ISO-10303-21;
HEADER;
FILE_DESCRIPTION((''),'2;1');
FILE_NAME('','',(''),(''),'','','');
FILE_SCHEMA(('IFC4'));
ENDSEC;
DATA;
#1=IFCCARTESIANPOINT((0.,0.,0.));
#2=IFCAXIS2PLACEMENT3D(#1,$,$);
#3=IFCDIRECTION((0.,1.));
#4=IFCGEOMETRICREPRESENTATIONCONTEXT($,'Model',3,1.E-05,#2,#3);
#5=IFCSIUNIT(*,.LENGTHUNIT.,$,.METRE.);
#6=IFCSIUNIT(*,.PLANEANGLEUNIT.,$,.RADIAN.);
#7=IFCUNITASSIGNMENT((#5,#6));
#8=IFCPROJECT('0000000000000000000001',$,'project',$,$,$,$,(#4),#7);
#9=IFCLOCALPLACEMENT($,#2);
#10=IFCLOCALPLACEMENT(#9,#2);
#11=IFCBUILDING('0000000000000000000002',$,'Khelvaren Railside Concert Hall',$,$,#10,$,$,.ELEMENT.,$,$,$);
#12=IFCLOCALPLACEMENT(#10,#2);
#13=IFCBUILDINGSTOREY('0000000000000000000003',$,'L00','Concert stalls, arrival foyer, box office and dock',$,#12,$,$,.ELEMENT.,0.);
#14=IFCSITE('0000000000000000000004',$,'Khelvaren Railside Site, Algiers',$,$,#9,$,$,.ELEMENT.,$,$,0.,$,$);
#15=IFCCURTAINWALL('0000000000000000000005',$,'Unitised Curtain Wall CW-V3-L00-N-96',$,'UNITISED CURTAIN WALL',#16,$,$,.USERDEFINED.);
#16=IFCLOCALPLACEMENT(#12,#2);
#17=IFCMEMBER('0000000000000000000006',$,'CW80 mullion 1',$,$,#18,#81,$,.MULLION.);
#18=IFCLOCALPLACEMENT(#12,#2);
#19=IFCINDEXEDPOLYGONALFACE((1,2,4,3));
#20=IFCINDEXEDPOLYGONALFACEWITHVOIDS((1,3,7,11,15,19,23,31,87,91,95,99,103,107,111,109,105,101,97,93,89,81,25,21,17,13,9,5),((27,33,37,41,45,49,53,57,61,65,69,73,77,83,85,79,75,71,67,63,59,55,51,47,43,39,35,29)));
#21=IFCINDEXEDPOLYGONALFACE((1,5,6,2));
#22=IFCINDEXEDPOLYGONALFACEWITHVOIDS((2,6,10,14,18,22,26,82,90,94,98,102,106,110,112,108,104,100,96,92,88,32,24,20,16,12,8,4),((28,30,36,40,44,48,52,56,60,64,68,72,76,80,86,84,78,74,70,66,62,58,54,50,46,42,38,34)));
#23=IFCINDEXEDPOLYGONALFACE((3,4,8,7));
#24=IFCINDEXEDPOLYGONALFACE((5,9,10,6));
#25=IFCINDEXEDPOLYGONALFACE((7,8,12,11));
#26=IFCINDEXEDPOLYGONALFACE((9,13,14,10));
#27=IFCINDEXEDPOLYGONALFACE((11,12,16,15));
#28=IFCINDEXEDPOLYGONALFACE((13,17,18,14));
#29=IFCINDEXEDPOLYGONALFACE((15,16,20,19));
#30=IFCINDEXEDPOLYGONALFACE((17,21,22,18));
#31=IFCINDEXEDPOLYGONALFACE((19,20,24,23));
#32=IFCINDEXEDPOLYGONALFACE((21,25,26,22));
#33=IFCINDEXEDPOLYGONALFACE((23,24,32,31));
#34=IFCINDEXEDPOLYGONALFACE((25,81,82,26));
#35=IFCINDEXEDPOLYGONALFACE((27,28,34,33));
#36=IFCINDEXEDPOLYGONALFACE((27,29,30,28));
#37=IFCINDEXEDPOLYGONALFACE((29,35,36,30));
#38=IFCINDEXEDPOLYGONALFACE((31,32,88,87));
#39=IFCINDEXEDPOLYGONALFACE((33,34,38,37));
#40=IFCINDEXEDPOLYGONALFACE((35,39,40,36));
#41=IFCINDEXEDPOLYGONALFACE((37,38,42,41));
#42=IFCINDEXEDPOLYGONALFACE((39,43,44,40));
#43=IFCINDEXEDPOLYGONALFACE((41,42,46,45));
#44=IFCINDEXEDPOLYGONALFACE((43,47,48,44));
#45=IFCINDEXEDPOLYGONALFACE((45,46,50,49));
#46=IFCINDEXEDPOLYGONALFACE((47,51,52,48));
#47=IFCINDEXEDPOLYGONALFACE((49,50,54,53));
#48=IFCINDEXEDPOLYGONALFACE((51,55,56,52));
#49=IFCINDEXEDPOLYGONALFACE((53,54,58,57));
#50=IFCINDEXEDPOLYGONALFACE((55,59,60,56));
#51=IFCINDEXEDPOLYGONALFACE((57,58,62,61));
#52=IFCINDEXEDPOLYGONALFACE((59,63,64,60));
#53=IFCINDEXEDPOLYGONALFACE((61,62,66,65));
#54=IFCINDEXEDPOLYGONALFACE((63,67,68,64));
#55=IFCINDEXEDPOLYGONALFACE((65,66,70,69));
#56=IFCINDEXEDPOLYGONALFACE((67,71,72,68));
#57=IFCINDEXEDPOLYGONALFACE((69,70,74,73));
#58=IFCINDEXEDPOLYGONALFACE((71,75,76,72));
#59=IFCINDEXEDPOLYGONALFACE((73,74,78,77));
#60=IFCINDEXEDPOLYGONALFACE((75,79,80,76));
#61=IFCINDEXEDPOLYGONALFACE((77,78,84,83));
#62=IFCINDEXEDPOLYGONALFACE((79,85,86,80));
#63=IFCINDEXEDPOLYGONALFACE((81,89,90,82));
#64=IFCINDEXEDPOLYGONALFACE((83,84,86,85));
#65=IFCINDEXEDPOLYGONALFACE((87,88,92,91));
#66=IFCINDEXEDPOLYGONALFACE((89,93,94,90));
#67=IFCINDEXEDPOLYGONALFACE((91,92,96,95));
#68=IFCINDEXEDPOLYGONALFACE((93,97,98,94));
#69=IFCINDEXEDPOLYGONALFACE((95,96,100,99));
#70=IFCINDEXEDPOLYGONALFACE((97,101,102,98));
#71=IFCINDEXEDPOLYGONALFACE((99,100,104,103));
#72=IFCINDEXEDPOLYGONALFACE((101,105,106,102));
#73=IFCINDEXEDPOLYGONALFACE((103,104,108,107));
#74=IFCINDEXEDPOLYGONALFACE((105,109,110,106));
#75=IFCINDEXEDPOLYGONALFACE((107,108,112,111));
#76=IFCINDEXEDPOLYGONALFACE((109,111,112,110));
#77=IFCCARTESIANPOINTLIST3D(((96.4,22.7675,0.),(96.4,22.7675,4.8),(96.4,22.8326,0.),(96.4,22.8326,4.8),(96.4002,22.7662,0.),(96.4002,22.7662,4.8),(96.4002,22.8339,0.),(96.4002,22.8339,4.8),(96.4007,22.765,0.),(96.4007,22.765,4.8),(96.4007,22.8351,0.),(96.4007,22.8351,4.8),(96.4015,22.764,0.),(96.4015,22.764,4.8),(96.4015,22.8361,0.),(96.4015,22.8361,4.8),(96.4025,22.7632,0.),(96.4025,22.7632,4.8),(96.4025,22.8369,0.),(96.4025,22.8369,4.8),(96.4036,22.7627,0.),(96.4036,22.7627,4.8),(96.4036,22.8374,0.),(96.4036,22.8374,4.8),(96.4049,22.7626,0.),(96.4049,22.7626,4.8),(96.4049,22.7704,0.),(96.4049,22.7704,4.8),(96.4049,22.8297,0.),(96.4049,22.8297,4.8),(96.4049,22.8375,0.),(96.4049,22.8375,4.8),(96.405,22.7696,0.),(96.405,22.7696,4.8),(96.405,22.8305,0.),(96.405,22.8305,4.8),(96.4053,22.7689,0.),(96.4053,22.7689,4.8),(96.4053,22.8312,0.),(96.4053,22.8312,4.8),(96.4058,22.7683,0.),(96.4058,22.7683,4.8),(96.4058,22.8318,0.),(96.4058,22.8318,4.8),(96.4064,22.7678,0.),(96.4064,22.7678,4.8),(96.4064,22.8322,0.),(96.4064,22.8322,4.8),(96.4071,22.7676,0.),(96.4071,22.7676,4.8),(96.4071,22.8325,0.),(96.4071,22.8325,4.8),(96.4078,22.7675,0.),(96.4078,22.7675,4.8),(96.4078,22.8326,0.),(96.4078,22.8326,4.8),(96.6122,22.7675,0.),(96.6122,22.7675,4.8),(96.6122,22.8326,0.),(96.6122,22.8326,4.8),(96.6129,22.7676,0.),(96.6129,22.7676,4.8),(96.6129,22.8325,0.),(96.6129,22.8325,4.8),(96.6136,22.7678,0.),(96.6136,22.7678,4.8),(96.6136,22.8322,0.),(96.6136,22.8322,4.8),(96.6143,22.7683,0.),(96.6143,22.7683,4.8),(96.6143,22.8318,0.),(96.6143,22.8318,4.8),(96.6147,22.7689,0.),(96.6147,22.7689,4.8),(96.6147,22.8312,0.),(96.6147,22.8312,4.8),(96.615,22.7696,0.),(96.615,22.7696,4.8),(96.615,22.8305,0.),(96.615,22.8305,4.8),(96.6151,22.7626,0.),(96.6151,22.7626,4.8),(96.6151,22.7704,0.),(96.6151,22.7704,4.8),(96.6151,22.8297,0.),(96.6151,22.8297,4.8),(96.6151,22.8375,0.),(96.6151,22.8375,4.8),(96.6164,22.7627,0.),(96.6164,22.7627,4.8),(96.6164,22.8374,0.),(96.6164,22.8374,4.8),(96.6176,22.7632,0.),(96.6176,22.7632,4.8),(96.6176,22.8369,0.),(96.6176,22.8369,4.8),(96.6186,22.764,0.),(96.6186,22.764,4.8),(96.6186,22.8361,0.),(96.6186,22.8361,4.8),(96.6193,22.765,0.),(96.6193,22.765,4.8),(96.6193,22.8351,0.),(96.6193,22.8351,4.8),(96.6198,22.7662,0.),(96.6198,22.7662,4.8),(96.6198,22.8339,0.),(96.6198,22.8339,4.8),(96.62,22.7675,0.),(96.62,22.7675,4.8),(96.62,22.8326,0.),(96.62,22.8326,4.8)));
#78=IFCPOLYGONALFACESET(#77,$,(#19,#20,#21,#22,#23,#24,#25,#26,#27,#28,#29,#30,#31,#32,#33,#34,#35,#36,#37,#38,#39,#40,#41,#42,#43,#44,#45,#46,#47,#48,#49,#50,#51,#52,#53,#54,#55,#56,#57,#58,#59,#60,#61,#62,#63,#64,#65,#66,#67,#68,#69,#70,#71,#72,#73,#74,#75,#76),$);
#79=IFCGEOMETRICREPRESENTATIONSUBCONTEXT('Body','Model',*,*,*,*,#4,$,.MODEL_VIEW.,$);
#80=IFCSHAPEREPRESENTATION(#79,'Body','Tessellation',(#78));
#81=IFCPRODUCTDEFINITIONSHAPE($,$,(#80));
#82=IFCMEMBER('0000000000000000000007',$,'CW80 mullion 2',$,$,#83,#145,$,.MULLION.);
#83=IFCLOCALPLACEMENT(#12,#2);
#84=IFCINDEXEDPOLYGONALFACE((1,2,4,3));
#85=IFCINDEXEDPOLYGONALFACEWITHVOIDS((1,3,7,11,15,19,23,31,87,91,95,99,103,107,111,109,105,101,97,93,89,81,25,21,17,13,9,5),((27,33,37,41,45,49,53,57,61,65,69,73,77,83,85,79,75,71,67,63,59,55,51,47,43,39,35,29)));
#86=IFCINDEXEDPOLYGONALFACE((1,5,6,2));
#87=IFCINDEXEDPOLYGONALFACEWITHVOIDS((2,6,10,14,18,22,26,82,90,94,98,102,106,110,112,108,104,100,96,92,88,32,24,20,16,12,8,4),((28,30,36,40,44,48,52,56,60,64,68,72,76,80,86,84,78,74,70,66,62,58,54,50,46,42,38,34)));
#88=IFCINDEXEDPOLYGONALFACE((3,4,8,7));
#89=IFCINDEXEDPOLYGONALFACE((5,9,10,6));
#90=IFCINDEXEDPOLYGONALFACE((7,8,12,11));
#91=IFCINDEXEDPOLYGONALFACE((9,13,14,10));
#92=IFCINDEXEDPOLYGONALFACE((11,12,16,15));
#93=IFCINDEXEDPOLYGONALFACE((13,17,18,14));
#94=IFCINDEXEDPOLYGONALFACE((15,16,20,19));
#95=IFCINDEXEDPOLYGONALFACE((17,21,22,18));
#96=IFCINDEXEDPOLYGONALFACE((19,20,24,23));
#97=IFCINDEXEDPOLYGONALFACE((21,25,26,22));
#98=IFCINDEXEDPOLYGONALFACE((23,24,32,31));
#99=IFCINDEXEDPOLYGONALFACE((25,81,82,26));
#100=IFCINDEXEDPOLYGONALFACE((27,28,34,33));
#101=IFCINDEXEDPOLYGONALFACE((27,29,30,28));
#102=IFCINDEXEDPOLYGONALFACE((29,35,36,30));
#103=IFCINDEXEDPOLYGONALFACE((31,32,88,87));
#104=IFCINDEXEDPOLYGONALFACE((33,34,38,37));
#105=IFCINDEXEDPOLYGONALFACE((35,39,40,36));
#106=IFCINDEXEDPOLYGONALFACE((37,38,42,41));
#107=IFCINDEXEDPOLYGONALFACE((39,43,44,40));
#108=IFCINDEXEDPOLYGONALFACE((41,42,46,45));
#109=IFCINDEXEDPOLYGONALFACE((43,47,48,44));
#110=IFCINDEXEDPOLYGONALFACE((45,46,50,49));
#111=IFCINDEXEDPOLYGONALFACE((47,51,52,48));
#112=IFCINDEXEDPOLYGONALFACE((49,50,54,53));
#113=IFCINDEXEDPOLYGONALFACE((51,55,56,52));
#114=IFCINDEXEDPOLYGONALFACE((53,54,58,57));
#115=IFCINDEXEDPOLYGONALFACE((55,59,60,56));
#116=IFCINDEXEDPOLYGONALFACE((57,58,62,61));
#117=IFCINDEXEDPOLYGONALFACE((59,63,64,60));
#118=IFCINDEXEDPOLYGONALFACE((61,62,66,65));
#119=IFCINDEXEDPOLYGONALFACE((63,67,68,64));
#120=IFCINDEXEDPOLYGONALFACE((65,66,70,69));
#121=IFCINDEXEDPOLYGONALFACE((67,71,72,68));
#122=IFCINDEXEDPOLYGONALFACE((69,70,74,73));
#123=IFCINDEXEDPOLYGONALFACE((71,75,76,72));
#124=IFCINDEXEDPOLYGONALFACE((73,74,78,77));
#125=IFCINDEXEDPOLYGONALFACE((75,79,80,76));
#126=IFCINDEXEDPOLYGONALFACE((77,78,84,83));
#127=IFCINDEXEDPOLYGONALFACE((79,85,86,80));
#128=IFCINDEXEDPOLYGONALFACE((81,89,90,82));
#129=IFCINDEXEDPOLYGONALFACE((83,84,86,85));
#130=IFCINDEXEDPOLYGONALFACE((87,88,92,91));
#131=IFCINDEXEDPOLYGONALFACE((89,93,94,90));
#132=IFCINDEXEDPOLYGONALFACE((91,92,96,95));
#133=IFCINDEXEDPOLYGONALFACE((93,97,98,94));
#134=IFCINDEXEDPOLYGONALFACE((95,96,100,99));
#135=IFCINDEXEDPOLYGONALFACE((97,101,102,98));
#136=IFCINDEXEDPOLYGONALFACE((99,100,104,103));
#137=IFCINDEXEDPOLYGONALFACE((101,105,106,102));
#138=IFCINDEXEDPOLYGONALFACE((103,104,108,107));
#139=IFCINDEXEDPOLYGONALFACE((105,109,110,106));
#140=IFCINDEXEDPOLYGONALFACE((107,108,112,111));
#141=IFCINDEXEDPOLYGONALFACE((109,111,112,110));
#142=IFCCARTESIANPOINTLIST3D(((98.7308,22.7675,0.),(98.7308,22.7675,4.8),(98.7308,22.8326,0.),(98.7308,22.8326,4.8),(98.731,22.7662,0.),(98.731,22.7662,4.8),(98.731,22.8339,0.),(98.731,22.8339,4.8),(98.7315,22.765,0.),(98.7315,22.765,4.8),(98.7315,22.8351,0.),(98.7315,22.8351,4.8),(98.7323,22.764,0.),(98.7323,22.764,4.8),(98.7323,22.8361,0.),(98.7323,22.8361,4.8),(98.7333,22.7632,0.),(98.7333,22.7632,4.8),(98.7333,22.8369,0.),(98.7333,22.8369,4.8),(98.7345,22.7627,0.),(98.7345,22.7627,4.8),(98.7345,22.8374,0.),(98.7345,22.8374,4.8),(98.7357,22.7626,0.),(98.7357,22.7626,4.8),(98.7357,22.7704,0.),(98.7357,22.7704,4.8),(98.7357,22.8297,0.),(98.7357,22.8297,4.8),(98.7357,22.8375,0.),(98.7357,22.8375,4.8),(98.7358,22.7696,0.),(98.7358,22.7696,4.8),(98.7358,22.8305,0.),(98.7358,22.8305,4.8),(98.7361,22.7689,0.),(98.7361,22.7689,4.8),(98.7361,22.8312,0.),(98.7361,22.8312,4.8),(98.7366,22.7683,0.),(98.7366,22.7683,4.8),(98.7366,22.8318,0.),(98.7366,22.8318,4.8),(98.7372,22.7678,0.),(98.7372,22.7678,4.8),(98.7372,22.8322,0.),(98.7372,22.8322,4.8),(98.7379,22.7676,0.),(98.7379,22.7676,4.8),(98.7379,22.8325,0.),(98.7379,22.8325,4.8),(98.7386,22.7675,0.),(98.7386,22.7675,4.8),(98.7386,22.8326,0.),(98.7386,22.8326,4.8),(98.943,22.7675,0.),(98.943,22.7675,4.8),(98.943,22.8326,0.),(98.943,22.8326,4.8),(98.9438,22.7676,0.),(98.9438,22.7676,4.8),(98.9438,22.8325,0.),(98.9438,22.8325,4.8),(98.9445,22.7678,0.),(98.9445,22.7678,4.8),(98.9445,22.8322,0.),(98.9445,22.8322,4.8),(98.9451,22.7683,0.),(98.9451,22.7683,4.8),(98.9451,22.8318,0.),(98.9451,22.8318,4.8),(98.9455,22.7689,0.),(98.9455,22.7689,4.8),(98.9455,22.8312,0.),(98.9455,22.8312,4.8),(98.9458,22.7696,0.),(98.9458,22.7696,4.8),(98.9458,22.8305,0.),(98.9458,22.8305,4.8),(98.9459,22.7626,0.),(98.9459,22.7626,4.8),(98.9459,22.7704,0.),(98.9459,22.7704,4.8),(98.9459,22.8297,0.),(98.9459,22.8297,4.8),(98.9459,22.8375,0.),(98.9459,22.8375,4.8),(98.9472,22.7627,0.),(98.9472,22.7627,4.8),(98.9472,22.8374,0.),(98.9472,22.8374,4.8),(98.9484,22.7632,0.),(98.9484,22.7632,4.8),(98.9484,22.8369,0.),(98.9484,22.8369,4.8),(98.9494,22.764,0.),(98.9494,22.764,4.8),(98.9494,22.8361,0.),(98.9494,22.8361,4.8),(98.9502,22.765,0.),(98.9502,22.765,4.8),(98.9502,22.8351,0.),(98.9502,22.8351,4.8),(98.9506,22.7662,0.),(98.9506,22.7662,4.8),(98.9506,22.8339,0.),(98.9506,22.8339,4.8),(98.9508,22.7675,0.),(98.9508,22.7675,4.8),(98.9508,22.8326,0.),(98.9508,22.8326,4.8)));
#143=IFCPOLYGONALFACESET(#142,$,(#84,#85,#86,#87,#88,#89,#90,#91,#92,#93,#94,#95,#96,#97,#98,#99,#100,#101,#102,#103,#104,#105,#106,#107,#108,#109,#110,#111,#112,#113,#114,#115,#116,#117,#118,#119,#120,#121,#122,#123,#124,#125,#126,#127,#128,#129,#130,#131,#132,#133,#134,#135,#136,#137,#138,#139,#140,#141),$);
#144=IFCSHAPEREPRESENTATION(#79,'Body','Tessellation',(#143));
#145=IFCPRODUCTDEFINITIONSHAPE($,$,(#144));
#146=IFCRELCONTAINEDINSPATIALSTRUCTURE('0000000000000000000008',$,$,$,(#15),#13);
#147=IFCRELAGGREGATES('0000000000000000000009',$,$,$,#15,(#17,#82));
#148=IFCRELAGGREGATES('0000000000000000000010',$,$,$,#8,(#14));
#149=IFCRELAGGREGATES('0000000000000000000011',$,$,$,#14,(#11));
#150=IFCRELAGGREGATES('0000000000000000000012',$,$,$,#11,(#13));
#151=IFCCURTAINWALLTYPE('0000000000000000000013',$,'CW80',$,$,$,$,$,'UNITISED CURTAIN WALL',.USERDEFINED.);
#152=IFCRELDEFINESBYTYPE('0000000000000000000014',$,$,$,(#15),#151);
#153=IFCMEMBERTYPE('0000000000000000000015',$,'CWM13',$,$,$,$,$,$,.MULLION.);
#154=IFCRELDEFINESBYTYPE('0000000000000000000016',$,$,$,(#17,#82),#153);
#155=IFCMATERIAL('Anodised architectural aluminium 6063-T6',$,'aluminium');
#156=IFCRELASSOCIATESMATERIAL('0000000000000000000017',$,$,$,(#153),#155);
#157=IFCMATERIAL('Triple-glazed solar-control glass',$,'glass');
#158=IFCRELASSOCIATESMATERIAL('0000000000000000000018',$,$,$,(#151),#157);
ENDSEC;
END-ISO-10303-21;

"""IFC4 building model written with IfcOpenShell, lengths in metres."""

from ifc_helpers import new_model, si_unit, direction, frame, origin, origin_2d, place, context, subcontext, project, spatial, hollow_rectangle, extrude, material, material_profile, profile_set, type_object, element, aggregate, save


model = new_model("IFC4")

# Units and contexts
model_context = context("Model", 3, precision=1e-05, world=origin(), true_north=direction((0.0, 1.0)))
body_context = subcontext(model_context, "Body", "Model", "MODEL_VIEW")
ifc_project = project(units=[si_unit("LENGTHUNIT", "METRE"), si_unit("PLANEANGLEUNIT", "RADIAN")], contexts=[model_context])

# Site, building, storey
site_placement = place(None, origin())
site = spatial("IfcSite", under=ifc_project, at=site_placement, Name="Khelvaren Railside Site, Algiers", CompositionType="ELEMENT", RefElevation=0.0)
building_placement = place(site_placement, origin())
building = spatial("IfcBuilding", under=site, at=building_placement, Name="Khelvaren Railside Concert Hall", CompositionType="ELEMENT")
storey_placement = place(building_placement, origin())
storey = spatial("IfcBuildingStorey", under=building, at=storey_placement, Name="L00", Description="Concert stalls, arrival foyer, box office and dock", CompositionType="ELEMENT", Elevation=0.0)

# Shared definitions
ifc_material_1 = material(Name="Triple-glazed solar-control glass", Category="glass")
ifc_material_2 = material(Name="Anodised architectural aluminium 6063-T6", Category="aluminium")
ifc_material_profile_1 = material_profile(ifc_material_2, hollow_rectangle(XDim=0.075, YDim=0.22, WallThickness=0.0049, InnerFilletRadius=0.0029, OuterFilletRadius=0.0049, at=origin_2d()), Name="CWM 75x220x5")
ifc_profile_set_1 = profile_set([ifc_material_profile_1], Name="Anodised architectural aluminium 6063-T6")
member_type_1 = type_object("IfcMemberType", Name="CWM13", PredefinedType="MULLION", material=ifc_profile_set_1)

# Curtain wall, members
curtain_wall_type_1 = type_object("IfcCurtainWallType", Name="CW80", ElementType="UNITISED CURTAIN WALL", PredefinedType="USERDEFINED", material=ifc_material_1)
curtain_wall_1_placement = place(storey_placement, origin())
curtain_wall_1 = element("IfcCurtainWall", 1, at=curtain_wall_1_placement, inside=storey, type_object=curtain_wall_type_1, Name="Unitised Curtain Wall CW-V3-L00-N-96", ObjectType="UNITISED CURTAIN WALL", PredefinedType="USERDEFINED")
member_1_placement = place(storey_placement, frame((96.51, 22.8, 0.0), z_axis=(0.0, 0.0, 1.0), x_axis=(0.0, 1.0, 0.0)))
member_1 = element("IfcMember", 2, at=member_1_placement, type_object=member_type_1, Name="CW80 mullion 1", PredefinedType="MULLION", context=body_context, shape_type="SweptSolid", body=[
    extrude(hollow_rectangle(XDim=0.075, YDim=0.22, WallThickness=0.0049, InnerFilletRadius=0.0029, OuterFilletRadius=0.0049, at=origin_2d()), origin(), (0.0, 0.0, 1.0), 4.8),
])
member_2_placement = place(storey_placement, frame((98.8408, 22.8, 0.0), z_axis=(0.0, 0.0, 1.0), x_axis=(0.0, 1.0, 0.0)))
member_2 = element("IfcMember", 3, at=member_2_placement, type_object=member_type_1, Name="CW80 mullion 2", PredefinedType="MULLION", context=body_context, shape_type="SweptSolid", body=[
    extrude(hollow_rectangle(XDim=0.075, YDim=0.22, WallThickness=0.0049, InnerFilletRadius=0.0029, OuterFilletRadius=0.0049, at=origin_2d()), origin(), (0.0, 0.0, 1.0), 4.8),
])

aggregate(curtain_wall_1, [member_1, member_2])

save(model, "model.ifc")
